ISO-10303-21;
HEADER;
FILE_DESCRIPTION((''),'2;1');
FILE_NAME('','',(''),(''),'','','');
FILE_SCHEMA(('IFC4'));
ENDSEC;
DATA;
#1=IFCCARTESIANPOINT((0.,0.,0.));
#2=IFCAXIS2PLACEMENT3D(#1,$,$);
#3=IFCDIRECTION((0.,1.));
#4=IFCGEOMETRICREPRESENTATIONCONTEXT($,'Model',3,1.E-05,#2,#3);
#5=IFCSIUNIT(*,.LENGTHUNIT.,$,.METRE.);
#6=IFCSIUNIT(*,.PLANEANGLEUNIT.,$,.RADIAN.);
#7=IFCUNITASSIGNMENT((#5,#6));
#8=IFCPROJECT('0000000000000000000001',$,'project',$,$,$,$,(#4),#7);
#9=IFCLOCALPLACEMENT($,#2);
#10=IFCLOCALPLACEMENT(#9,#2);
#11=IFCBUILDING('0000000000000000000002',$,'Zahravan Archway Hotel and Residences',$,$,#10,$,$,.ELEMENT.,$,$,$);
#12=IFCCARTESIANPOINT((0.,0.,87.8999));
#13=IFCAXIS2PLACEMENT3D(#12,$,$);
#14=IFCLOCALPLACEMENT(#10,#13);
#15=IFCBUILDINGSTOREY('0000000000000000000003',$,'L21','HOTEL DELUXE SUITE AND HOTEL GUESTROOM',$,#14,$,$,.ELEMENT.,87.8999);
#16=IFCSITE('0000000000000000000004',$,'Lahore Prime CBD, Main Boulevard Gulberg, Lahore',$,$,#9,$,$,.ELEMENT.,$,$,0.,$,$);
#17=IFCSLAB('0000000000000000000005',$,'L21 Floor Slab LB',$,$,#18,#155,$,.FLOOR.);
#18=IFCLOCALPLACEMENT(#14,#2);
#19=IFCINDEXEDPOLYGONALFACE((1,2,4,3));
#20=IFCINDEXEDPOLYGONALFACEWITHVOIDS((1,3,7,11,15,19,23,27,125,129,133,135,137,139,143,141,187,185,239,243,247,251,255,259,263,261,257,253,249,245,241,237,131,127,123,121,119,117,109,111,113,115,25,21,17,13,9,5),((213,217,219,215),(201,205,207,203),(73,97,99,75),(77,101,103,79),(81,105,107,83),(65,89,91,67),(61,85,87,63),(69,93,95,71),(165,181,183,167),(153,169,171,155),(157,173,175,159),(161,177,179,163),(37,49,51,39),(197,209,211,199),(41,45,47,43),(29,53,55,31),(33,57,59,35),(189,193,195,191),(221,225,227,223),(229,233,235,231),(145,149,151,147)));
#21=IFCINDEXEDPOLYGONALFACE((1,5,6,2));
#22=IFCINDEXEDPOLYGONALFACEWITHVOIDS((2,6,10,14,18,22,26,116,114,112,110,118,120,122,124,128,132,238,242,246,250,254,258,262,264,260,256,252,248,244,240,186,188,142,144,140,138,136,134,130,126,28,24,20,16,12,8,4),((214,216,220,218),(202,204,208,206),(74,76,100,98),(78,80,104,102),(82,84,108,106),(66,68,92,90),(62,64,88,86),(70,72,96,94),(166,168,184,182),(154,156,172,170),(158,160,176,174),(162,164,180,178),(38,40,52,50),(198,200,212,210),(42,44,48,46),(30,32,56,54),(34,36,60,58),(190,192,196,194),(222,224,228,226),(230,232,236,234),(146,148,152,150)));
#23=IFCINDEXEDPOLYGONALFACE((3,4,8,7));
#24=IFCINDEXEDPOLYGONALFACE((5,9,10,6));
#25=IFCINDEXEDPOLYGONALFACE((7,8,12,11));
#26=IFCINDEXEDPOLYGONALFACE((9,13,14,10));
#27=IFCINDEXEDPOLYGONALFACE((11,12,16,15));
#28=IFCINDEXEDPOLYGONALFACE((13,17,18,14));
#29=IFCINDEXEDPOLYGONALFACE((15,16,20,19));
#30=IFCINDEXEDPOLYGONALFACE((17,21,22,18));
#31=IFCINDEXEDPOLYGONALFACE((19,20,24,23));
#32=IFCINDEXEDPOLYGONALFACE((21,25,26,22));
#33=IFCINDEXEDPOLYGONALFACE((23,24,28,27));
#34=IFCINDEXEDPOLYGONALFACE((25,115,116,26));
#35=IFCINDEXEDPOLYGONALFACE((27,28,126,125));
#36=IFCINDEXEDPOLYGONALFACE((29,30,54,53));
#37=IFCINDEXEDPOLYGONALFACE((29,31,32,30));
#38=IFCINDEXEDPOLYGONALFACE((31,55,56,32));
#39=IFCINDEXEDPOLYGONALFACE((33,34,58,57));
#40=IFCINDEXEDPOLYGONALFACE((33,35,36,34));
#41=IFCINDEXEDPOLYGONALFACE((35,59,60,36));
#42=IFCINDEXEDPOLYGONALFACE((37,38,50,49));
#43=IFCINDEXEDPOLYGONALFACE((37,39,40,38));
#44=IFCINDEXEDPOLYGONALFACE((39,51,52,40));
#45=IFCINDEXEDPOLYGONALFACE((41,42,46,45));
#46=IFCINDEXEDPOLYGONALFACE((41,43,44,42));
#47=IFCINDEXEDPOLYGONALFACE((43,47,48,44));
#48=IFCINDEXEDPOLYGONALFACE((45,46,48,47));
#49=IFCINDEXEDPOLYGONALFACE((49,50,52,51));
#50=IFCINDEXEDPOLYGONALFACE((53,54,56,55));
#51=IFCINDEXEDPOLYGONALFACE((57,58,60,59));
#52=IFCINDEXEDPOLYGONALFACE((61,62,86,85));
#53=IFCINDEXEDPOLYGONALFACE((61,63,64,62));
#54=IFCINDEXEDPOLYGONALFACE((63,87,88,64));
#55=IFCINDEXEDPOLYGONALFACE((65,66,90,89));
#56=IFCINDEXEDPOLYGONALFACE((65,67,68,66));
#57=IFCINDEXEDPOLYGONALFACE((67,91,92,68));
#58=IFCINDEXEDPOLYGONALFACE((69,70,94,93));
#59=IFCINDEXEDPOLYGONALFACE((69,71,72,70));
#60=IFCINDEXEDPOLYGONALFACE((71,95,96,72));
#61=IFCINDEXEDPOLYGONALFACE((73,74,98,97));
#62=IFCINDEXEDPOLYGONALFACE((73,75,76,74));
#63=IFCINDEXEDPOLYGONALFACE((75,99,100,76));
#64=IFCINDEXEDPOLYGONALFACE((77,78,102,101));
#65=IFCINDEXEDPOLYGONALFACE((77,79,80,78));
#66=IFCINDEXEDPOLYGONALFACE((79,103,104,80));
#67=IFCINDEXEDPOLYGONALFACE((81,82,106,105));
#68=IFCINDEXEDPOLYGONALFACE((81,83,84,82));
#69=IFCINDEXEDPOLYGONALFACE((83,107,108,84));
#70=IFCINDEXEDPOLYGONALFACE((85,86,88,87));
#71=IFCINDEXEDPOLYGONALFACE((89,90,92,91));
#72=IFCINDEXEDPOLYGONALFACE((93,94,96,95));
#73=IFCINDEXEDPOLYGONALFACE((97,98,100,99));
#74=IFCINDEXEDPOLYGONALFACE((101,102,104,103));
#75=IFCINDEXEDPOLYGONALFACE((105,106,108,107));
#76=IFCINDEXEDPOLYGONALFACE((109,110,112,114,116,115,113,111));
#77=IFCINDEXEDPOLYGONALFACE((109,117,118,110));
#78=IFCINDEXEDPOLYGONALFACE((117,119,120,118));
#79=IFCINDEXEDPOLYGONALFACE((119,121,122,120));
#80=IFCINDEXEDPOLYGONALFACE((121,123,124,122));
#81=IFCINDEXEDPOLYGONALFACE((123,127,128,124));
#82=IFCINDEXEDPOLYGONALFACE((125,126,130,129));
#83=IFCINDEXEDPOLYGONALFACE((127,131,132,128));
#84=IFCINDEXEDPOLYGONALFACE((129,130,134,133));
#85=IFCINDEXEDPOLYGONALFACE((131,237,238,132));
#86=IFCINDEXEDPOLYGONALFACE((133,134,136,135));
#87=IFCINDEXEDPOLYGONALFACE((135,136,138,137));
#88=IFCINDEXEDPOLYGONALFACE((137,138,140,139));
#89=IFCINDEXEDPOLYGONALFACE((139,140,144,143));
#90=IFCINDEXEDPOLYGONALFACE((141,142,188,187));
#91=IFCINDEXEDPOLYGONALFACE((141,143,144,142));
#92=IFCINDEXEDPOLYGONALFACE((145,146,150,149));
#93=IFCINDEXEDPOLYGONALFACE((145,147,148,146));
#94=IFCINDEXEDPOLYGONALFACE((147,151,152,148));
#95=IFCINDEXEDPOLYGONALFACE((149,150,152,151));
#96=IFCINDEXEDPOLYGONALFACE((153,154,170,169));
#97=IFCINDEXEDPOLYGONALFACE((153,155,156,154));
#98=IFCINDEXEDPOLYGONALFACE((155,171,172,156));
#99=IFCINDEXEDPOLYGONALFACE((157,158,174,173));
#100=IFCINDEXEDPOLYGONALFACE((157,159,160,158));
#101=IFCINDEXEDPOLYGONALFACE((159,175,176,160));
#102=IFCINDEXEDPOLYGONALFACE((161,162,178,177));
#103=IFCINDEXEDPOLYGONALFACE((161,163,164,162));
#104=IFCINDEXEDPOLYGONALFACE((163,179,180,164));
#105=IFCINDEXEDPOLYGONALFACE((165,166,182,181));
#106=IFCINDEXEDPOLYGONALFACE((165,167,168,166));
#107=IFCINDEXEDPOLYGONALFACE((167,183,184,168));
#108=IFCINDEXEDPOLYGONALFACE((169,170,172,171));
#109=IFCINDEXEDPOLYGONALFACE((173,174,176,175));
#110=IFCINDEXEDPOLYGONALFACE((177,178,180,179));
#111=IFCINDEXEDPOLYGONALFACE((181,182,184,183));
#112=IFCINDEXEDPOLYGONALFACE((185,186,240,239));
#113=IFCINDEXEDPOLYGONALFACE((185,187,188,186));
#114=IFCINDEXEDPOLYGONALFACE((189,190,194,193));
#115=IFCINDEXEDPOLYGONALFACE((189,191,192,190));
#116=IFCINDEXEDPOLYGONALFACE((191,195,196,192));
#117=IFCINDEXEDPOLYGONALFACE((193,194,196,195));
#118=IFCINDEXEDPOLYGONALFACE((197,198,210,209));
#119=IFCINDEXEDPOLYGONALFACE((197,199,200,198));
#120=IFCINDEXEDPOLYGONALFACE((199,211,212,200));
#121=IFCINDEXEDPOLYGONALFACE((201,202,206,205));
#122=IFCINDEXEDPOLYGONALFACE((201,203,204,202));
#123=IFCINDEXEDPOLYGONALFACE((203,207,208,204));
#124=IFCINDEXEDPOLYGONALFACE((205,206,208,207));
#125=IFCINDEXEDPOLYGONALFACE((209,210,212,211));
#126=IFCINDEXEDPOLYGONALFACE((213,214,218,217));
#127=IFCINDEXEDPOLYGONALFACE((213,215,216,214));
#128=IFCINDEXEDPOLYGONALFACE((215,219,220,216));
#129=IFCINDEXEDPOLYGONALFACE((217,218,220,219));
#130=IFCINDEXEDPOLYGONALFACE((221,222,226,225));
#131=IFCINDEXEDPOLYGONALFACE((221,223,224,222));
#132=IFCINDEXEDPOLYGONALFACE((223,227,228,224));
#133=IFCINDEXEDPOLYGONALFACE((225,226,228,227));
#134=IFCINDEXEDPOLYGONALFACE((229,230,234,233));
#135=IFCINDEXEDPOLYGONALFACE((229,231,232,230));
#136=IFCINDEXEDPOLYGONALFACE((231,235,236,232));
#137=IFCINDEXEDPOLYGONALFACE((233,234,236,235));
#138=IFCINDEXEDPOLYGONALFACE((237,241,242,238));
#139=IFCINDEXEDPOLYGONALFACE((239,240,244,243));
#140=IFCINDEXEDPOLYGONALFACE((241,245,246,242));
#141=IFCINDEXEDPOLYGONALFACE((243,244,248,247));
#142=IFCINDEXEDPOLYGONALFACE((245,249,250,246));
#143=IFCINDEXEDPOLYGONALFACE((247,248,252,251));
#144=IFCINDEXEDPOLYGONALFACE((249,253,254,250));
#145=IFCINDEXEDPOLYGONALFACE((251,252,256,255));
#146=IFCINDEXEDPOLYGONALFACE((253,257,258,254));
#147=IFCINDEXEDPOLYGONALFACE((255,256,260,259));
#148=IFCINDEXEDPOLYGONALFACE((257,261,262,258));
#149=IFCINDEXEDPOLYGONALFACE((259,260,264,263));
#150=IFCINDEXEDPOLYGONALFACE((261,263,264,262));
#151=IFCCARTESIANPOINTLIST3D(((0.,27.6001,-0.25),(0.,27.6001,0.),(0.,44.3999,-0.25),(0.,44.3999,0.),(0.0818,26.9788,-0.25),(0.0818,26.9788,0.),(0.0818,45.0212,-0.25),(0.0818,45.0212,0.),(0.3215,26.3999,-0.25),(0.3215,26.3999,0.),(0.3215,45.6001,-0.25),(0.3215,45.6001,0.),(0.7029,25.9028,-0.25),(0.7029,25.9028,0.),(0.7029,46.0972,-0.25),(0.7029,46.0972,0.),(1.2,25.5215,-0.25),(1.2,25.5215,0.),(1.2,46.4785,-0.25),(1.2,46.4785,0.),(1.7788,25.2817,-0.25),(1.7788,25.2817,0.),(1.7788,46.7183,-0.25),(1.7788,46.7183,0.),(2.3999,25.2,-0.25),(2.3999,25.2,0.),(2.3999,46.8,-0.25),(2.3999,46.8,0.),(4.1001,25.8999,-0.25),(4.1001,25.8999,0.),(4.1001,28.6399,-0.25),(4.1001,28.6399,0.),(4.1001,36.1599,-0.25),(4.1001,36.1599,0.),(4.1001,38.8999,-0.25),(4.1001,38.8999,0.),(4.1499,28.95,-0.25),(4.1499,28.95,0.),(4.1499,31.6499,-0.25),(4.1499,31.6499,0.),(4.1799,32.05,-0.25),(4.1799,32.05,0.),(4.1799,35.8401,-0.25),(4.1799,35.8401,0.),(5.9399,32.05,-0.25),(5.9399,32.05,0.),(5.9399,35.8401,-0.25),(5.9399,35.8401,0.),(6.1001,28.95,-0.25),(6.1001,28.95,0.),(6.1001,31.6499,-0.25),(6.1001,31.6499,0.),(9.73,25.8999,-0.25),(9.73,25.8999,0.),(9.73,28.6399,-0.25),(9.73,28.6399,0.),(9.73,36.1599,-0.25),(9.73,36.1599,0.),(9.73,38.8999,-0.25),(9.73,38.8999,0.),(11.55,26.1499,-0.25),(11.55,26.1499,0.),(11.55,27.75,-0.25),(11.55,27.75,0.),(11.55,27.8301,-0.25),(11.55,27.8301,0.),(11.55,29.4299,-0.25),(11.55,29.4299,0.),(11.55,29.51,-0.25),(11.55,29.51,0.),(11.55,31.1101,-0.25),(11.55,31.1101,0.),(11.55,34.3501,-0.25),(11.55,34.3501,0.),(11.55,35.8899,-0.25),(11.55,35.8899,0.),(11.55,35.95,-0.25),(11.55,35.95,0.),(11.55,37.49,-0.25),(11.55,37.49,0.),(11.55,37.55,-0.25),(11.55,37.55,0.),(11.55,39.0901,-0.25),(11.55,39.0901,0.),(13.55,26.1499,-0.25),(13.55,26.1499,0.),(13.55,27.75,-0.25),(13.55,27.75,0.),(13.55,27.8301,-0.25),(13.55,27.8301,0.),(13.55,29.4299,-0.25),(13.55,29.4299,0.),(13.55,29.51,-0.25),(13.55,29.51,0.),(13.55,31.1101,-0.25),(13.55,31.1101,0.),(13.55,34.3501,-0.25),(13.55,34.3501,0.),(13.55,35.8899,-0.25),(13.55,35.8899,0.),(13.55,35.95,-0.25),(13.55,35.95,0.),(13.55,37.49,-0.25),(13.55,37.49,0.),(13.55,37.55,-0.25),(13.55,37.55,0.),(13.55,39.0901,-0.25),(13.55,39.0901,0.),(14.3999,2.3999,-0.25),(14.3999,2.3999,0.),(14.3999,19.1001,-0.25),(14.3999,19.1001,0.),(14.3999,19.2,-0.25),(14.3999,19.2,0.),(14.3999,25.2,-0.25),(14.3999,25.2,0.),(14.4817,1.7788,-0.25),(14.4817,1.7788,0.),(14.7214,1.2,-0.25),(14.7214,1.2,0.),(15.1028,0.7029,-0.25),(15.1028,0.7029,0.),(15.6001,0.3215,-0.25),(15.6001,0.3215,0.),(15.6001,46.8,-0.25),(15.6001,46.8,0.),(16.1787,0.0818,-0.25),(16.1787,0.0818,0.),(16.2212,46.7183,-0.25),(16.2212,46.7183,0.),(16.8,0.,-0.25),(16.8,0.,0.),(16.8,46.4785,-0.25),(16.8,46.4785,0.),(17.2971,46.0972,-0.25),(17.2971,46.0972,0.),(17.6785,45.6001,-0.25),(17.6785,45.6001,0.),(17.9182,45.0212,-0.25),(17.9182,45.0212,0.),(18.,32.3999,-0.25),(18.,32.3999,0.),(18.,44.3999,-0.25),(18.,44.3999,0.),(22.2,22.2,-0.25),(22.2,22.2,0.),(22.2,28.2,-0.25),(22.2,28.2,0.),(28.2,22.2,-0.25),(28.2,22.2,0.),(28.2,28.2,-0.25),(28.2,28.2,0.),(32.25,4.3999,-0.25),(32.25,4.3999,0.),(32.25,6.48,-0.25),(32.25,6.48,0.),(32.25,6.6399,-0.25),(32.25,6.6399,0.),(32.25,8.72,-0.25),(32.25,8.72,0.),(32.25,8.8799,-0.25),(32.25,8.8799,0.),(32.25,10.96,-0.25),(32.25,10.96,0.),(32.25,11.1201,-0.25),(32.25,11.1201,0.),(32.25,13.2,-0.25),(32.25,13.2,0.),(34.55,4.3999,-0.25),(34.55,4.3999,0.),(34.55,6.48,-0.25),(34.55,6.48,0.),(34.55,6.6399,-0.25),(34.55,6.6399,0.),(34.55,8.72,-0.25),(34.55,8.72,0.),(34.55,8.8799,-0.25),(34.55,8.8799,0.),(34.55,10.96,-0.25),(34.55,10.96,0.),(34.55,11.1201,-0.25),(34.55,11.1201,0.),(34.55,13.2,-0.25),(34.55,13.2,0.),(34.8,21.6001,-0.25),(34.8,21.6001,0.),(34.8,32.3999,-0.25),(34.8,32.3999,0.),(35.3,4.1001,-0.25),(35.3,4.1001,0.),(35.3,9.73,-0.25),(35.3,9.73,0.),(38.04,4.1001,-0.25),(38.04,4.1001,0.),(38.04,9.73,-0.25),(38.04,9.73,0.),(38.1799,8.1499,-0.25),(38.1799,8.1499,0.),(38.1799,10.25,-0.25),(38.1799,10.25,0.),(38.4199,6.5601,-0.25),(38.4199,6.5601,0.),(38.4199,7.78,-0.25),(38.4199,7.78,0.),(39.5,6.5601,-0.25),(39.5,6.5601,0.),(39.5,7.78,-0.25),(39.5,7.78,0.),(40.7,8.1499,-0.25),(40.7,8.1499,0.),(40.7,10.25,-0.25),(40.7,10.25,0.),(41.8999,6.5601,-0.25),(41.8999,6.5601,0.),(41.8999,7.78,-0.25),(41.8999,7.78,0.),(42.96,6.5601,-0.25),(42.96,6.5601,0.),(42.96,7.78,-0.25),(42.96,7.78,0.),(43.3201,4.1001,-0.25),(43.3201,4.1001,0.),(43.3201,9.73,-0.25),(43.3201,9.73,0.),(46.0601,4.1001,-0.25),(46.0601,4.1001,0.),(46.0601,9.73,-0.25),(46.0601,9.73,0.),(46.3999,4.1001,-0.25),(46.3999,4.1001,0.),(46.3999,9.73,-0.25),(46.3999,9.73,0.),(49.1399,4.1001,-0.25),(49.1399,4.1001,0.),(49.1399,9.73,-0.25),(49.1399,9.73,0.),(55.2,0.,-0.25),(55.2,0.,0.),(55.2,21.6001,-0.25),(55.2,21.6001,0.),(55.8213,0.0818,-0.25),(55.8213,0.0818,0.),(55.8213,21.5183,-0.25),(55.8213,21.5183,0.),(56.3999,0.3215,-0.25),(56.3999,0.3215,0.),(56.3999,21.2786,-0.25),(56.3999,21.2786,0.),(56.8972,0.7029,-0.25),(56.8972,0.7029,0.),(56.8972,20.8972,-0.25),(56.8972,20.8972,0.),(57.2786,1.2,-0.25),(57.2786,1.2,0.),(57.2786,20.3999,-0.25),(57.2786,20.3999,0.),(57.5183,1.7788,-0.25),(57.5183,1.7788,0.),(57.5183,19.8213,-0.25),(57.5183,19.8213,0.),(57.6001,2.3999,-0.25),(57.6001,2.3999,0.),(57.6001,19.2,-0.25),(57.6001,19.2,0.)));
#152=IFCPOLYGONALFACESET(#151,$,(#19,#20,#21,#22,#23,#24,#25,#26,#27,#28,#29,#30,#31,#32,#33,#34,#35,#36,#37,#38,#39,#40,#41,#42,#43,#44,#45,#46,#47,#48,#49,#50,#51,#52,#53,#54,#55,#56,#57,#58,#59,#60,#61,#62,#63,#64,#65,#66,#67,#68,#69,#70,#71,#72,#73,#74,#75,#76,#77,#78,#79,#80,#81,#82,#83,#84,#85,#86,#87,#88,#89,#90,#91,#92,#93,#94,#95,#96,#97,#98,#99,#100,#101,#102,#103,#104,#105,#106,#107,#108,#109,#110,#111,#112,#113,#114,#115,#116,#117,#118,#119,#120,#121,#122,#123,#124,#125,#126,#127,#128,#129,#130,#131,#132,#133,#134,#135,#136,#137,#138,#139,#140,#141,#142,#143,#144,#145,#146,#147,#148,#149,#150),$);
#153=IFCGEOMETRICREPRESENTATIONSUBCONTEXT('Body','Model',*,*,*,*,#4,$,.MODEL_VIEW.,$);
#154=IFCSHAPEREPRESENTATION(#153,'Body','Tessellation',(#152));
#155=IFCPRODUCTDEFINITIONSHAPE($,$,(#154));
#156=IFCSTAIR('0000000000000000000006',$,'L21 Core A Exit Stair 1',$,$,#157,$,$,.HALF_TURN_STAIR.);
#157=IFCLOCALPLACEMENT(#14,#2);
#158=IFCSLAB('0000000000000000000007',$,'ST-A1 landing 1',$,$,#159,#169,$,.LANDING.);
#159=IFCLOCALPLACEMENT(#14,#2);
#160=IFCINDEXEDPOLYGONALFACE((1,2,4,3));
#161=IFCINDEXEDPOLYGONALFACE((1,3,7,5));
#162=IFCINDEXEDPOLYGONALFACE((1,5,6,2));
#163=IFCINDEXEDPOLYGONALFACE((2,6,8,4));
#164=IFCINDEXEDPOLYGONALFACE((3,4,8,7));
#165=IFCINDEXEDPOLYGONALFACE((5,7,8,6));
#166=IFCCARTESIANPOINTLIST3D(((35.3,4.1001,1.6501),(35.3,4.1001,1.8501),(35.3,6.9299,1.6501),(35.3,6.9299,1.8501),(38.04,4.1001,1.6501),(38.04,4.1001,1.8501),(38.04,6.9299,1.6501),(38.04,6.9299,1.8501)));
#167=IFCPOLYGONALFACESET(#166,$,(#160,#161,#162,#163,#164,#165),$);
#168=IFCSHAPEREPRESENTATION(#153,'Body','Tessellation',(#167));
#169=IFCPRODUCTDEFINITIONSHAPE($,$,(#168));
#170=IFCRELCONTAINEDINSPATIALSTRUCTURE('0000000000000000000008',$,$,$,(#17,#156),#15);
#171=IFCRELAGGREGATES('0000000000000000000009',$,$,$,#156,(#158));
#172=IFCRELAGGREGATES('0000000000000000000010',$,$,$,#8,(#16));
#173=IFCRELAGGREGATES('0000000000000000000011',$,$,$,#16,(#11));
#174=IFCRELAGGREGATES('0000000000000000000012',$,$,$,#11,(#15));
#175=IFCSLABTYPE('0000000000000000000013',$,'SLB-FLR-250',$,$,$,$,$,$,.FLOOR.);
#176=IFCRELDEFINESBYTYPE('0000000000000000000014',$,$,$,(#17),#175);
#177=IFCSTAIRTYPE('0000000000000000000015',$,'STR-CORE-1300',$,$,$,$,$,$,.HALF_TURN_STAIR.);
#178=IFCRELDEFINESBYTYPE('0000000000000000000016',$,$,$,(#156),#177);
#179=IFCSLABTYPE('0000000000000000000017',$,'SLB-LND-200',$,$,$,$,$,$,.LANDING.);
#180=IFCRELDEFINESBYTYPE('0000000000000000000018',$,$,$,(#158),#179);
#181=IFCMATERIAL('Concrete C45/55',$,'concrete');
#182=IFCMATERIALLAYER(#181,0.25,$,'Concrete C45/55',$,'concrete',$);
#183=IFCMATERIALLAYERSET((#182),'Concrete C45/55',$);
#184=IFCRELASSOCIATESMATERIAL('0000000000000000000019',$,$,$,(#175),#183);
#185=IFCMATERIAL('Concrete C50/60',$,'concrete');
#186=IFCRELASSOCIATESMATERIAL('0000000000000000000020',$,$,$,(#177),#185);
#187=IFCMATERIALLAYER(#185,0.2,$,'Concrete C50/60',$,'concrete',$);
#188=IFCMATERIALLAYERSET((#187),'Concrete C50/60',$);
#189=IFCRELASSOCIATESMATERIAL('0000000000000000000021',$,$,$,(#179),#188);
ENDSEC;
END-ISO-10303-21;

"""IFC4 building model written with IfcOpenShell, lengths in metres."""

from ifc_helpers import new_model, si_unit, direction, frame, origin, place, context, subcontext, project, spatial, polyline, outline, extrude, material, layer, layer_set, type_object, element, aggregate, save


model = new_model("IFC4")

# Units and contexts
model_context = context("Model", 3, precision=1e-05, world=origin(), true_north=direction((0.0, 1.0)))
body_context = subcontext(model_context, "Body", "Model", "MODEL_VIEW")
ifc_project = project(units=[si_unit("LENGTHUNIT", "METRE"), si_unit("PLANEANGLEUNIT", "RADIAN")], contexts=[model_context])

# Site, building, storey
site_placement = place(None, origin())
site = spatial("IfcSite", under=ifc_project, at=site_placement, Name="Lahore Prime CBD, Main Boulevard Gulberg, Lahore", CompositionType="ELEMENT", RefElevation=0.0)
building_placement = place(site_placement, origin())
building = spatial("IfcBuilding", under=site, at=building_placement, Name="Zahravan Archway Hotel and Residences", CompositionType="ELEMENT")
storey_placement = place(building_placement, frame((0.0, 0.0, 87.8999)))
storey = spatial("IfcBuildingStorey", under=building, at=storey_placement, Name="L21", Description="HOTEL DELUXE SUITE AND HOTEL GUESTROOM", CompositionType="ELEMENT", Elevation=87.8999)

# Slab
ifc_material_1 = material(Name="Concrete C45/55", Category="concrete")
ifc_layer_1 = layer(ifc_material_1, 0.25, Name="Concrete C45/55", Category="concrete")
ifc_layer_set_1 = layer_set([ifc_layer_1], Name="Concrete C45/55")
slab_type_1 = type_object("IfcSlabType", Name="SLB-FLR-250", PredefinedType="FLOOR", material=ifc_layer_set_1)
slab_1_placement = place(storey_placement, frame((0.0, 0.0, -0.25)))
element("IfcSlab", 1, at=slab_1_placement, inside=storey, type_object=slab_type_1, Name="L21 Floor Slab LB", PredefinedType="FLOOR", context=body_context, shape_type="SweptSolid", body=[
    extrude(outline(polyline([(34.8, 21.6001), (34.8, 32.3999), (18.0, 32.3999), (18.0, 44.3999), (17.9182, 45.0212), (17.6785, 45.6001), (17.2971, 46.0972), (16.8, 46.4785), (16.2212, 46.7183), (15.6001, 46.8), (2.3999, 46.8), (1.7788, 46.7183), (1.2, 46.4785), (0.7029, 46.0972), (0.3215, 45.6001), (0.0818, 45.0212), (0.0, 44.3999), (0.0, 27.6001), (0.0818, 26.9788), (0.3215, 26.3999), (0.7029, 25.9028), (1.2, 25.5215), (1.7788, 25.2817), (2.3999, 25.2), (14.3999, 25.2), (14.3999, 19.2), (14.3999, 19.1001), (14.3999, 2.3999), (14.4817, 1.7788), (14.7214, 1.2), (15.1028, 0.7029), (15.6001, 0.3215), (16.1787, 0.0818), (16.8, 0.0), (55.2, 0.0), (55.8213, 0.0818), (56.3999, 0.3215), (56.8972, 0.7029), (57.2786, 1.2), (57.5183, 1.7788), (57.6001, 2.3999), (57.6001, 19.2), (57.5183, 19.8213), (57.2786, 20.3999), (56.8972, 20.8972), (56.3999, 21.2786), (55.8213, 21.5183), (55.2, 21.6001), (34.8, 21.6001)]), holes=[polyline([(35.3, 9.73), (35.3, 4.1001), (38.04, 4.1001), (38.04, 9.73), (35.3, 9.73)]), polyline([(43.3201, 9.73), (43.3201, 4.1001), (46.0601, 4.1001), (46.0601, 9.73), (43.3201, 9.73)]), polyline([(46.3999, 9.73), (46.3999, 4.1001), (49.1399, 4.1001), (49.1399, 9.73), (46.3999, 9.73)]), polyline([(9.73, 28.6399), (4.1001, 28.6399), (4.1001, 25.8999), (9.73, 25.8999), (9.73, 28.6399)]), polyline([(9.73, 38.8999), (4.1001, 38.8999), (4.1001, 36.1599), (9.73, 36.1599), (9.73, 38.8999)]), polyline([(38.1799, 8.1499), (40.7, 8.1499), (40.7, 10.25), (38.1799, 10.25), (38.1799, 8.1499)]), polyline([(4.1499, 28.95), (6.1001, 28.95), (6.1001, 31.6499), (4.1499, 31.6499), (4.1499, 28.95)]), polyline([(11.55, 26.1499), (13.55, 26.1499), (13.55, 27.75), (11.55, 27.75), (11.55, 26.1499)]), polyline([(11.55, 27.8301), (13.55, 27.8301), (13.55, 29.4299), (11.55, 29.4299), (11.55, 27.8301)]), polyline([(11.55, 29.51), (13.55, 29.51), (13.55, 31.1101), (11.55, 31.1101), (11.55, 29.51)]), polyline([(11.55, 34.3501), (13.55, 34.3501), (13.55, 35.8899), (11.55, 35.8899), (11.55, 34.3501)]), polyline([(11.55, 35.95), (13.55, 35.95), (13.55, 37.49), (11.55, 37.49), (11.55, 35.95)]), polyline([(11.55, 37.55), (13.55, 37.55), (13.55, 39.0901), (11.55, 39.0901), (11.55, 37.55)]), polyline([(32.25, 4.3999), (34.55, 4.3999), (34.55, 6.48), (32.25, 6.48), (32.25, 4.3999)]), polyline([(32.25, 6.6399), (34.55, 6.6399), (34.55, 8.72), (32.25, 8.72), (32.25, 6.6399)]), polyline([(32.25, 8.8799), (34.55, 8.8799), (34.55, 10.96), (32.25, 10.96), (32.25, 8.8799)]), polyline([(32.25, 11.1201), (34.55, 11.1201), (34.55, 13.2), (32.25, 13.2), (32.25, 11.1201)]), polyline([(22.2, 22.2), (28.2, 22.2), (28.2, 28.2), (22.2, 28.2), (22.2, 22.2)]), polyline([(38.4199, 6.5601), (39.5, 6.5601), (39.5, 7.78), (38.4199, 7.78), (38.4199, 6.5601)]), polyline([(41.8999, 6.5601), (42.96, 6.5601), (42.96, 7.78), (41.8999, 7.78), (41.8999, 6.5601)]), polyline([(4.1799, 32.05), (5.9399, 32.05), (5.9399, 35.8401), (4.1799, 35.8401), (4.1799, 32.05)])]), origin(), (0.0, 0.0, 1.0), 0.25),
])

# Stair, slab
ifc_material_2 = material(Name="Concrete C50/60", Category="concrete")
stair_type = type_object("IfcStairType", Name="STR-CORE-1300", PredefinedType="HALF_TURN_STAIR", material=ifc_material_2)
stair_1_placement = place(storey_placement, origin())
stair_1 = element("IfcStair", 2, at=stair_1_placement, inside=storey, type_object=stair_type, Name="L21 Core A Exit Stair 1", PredefinedType="HALF_TURN_STAIR")
ifc_layer_2 = layer(ifc_material_2, 0.2, Name="Concrete C50/60", Category="concrete")
ifc_layer_set_2 = layer_set([ifc_layer_2], Name="Concrete C50/60")
slab_type_2 = type_object("IfcSlabType", Name="SLB-LND-200", PredefinedType="LANDING", material=ifc_layer_set_2)
slab_2_placement = place(storey_placement, frame((0.0, 0.0, 1.6501)))
slab_2 = element("IfcSlab", 3, at=slab_2_placement, type_object=slab_type_2, Name="ST-A1 landing 1", PredefinedType="LANDING", context=body_context, shape_type="SweptSolid", body=[
    extrude(outline(polyline([(35.3, 6.9299), (35.3, 4.1001), (38.04, 4.1001), (38.04, 6.9299), (35.3, 6.9299)])), origin(), (0.0, 0.0, 1.0), 0.2),
])
aggregate(stair_1, [slab_2])

save(model, "model.ifc")
